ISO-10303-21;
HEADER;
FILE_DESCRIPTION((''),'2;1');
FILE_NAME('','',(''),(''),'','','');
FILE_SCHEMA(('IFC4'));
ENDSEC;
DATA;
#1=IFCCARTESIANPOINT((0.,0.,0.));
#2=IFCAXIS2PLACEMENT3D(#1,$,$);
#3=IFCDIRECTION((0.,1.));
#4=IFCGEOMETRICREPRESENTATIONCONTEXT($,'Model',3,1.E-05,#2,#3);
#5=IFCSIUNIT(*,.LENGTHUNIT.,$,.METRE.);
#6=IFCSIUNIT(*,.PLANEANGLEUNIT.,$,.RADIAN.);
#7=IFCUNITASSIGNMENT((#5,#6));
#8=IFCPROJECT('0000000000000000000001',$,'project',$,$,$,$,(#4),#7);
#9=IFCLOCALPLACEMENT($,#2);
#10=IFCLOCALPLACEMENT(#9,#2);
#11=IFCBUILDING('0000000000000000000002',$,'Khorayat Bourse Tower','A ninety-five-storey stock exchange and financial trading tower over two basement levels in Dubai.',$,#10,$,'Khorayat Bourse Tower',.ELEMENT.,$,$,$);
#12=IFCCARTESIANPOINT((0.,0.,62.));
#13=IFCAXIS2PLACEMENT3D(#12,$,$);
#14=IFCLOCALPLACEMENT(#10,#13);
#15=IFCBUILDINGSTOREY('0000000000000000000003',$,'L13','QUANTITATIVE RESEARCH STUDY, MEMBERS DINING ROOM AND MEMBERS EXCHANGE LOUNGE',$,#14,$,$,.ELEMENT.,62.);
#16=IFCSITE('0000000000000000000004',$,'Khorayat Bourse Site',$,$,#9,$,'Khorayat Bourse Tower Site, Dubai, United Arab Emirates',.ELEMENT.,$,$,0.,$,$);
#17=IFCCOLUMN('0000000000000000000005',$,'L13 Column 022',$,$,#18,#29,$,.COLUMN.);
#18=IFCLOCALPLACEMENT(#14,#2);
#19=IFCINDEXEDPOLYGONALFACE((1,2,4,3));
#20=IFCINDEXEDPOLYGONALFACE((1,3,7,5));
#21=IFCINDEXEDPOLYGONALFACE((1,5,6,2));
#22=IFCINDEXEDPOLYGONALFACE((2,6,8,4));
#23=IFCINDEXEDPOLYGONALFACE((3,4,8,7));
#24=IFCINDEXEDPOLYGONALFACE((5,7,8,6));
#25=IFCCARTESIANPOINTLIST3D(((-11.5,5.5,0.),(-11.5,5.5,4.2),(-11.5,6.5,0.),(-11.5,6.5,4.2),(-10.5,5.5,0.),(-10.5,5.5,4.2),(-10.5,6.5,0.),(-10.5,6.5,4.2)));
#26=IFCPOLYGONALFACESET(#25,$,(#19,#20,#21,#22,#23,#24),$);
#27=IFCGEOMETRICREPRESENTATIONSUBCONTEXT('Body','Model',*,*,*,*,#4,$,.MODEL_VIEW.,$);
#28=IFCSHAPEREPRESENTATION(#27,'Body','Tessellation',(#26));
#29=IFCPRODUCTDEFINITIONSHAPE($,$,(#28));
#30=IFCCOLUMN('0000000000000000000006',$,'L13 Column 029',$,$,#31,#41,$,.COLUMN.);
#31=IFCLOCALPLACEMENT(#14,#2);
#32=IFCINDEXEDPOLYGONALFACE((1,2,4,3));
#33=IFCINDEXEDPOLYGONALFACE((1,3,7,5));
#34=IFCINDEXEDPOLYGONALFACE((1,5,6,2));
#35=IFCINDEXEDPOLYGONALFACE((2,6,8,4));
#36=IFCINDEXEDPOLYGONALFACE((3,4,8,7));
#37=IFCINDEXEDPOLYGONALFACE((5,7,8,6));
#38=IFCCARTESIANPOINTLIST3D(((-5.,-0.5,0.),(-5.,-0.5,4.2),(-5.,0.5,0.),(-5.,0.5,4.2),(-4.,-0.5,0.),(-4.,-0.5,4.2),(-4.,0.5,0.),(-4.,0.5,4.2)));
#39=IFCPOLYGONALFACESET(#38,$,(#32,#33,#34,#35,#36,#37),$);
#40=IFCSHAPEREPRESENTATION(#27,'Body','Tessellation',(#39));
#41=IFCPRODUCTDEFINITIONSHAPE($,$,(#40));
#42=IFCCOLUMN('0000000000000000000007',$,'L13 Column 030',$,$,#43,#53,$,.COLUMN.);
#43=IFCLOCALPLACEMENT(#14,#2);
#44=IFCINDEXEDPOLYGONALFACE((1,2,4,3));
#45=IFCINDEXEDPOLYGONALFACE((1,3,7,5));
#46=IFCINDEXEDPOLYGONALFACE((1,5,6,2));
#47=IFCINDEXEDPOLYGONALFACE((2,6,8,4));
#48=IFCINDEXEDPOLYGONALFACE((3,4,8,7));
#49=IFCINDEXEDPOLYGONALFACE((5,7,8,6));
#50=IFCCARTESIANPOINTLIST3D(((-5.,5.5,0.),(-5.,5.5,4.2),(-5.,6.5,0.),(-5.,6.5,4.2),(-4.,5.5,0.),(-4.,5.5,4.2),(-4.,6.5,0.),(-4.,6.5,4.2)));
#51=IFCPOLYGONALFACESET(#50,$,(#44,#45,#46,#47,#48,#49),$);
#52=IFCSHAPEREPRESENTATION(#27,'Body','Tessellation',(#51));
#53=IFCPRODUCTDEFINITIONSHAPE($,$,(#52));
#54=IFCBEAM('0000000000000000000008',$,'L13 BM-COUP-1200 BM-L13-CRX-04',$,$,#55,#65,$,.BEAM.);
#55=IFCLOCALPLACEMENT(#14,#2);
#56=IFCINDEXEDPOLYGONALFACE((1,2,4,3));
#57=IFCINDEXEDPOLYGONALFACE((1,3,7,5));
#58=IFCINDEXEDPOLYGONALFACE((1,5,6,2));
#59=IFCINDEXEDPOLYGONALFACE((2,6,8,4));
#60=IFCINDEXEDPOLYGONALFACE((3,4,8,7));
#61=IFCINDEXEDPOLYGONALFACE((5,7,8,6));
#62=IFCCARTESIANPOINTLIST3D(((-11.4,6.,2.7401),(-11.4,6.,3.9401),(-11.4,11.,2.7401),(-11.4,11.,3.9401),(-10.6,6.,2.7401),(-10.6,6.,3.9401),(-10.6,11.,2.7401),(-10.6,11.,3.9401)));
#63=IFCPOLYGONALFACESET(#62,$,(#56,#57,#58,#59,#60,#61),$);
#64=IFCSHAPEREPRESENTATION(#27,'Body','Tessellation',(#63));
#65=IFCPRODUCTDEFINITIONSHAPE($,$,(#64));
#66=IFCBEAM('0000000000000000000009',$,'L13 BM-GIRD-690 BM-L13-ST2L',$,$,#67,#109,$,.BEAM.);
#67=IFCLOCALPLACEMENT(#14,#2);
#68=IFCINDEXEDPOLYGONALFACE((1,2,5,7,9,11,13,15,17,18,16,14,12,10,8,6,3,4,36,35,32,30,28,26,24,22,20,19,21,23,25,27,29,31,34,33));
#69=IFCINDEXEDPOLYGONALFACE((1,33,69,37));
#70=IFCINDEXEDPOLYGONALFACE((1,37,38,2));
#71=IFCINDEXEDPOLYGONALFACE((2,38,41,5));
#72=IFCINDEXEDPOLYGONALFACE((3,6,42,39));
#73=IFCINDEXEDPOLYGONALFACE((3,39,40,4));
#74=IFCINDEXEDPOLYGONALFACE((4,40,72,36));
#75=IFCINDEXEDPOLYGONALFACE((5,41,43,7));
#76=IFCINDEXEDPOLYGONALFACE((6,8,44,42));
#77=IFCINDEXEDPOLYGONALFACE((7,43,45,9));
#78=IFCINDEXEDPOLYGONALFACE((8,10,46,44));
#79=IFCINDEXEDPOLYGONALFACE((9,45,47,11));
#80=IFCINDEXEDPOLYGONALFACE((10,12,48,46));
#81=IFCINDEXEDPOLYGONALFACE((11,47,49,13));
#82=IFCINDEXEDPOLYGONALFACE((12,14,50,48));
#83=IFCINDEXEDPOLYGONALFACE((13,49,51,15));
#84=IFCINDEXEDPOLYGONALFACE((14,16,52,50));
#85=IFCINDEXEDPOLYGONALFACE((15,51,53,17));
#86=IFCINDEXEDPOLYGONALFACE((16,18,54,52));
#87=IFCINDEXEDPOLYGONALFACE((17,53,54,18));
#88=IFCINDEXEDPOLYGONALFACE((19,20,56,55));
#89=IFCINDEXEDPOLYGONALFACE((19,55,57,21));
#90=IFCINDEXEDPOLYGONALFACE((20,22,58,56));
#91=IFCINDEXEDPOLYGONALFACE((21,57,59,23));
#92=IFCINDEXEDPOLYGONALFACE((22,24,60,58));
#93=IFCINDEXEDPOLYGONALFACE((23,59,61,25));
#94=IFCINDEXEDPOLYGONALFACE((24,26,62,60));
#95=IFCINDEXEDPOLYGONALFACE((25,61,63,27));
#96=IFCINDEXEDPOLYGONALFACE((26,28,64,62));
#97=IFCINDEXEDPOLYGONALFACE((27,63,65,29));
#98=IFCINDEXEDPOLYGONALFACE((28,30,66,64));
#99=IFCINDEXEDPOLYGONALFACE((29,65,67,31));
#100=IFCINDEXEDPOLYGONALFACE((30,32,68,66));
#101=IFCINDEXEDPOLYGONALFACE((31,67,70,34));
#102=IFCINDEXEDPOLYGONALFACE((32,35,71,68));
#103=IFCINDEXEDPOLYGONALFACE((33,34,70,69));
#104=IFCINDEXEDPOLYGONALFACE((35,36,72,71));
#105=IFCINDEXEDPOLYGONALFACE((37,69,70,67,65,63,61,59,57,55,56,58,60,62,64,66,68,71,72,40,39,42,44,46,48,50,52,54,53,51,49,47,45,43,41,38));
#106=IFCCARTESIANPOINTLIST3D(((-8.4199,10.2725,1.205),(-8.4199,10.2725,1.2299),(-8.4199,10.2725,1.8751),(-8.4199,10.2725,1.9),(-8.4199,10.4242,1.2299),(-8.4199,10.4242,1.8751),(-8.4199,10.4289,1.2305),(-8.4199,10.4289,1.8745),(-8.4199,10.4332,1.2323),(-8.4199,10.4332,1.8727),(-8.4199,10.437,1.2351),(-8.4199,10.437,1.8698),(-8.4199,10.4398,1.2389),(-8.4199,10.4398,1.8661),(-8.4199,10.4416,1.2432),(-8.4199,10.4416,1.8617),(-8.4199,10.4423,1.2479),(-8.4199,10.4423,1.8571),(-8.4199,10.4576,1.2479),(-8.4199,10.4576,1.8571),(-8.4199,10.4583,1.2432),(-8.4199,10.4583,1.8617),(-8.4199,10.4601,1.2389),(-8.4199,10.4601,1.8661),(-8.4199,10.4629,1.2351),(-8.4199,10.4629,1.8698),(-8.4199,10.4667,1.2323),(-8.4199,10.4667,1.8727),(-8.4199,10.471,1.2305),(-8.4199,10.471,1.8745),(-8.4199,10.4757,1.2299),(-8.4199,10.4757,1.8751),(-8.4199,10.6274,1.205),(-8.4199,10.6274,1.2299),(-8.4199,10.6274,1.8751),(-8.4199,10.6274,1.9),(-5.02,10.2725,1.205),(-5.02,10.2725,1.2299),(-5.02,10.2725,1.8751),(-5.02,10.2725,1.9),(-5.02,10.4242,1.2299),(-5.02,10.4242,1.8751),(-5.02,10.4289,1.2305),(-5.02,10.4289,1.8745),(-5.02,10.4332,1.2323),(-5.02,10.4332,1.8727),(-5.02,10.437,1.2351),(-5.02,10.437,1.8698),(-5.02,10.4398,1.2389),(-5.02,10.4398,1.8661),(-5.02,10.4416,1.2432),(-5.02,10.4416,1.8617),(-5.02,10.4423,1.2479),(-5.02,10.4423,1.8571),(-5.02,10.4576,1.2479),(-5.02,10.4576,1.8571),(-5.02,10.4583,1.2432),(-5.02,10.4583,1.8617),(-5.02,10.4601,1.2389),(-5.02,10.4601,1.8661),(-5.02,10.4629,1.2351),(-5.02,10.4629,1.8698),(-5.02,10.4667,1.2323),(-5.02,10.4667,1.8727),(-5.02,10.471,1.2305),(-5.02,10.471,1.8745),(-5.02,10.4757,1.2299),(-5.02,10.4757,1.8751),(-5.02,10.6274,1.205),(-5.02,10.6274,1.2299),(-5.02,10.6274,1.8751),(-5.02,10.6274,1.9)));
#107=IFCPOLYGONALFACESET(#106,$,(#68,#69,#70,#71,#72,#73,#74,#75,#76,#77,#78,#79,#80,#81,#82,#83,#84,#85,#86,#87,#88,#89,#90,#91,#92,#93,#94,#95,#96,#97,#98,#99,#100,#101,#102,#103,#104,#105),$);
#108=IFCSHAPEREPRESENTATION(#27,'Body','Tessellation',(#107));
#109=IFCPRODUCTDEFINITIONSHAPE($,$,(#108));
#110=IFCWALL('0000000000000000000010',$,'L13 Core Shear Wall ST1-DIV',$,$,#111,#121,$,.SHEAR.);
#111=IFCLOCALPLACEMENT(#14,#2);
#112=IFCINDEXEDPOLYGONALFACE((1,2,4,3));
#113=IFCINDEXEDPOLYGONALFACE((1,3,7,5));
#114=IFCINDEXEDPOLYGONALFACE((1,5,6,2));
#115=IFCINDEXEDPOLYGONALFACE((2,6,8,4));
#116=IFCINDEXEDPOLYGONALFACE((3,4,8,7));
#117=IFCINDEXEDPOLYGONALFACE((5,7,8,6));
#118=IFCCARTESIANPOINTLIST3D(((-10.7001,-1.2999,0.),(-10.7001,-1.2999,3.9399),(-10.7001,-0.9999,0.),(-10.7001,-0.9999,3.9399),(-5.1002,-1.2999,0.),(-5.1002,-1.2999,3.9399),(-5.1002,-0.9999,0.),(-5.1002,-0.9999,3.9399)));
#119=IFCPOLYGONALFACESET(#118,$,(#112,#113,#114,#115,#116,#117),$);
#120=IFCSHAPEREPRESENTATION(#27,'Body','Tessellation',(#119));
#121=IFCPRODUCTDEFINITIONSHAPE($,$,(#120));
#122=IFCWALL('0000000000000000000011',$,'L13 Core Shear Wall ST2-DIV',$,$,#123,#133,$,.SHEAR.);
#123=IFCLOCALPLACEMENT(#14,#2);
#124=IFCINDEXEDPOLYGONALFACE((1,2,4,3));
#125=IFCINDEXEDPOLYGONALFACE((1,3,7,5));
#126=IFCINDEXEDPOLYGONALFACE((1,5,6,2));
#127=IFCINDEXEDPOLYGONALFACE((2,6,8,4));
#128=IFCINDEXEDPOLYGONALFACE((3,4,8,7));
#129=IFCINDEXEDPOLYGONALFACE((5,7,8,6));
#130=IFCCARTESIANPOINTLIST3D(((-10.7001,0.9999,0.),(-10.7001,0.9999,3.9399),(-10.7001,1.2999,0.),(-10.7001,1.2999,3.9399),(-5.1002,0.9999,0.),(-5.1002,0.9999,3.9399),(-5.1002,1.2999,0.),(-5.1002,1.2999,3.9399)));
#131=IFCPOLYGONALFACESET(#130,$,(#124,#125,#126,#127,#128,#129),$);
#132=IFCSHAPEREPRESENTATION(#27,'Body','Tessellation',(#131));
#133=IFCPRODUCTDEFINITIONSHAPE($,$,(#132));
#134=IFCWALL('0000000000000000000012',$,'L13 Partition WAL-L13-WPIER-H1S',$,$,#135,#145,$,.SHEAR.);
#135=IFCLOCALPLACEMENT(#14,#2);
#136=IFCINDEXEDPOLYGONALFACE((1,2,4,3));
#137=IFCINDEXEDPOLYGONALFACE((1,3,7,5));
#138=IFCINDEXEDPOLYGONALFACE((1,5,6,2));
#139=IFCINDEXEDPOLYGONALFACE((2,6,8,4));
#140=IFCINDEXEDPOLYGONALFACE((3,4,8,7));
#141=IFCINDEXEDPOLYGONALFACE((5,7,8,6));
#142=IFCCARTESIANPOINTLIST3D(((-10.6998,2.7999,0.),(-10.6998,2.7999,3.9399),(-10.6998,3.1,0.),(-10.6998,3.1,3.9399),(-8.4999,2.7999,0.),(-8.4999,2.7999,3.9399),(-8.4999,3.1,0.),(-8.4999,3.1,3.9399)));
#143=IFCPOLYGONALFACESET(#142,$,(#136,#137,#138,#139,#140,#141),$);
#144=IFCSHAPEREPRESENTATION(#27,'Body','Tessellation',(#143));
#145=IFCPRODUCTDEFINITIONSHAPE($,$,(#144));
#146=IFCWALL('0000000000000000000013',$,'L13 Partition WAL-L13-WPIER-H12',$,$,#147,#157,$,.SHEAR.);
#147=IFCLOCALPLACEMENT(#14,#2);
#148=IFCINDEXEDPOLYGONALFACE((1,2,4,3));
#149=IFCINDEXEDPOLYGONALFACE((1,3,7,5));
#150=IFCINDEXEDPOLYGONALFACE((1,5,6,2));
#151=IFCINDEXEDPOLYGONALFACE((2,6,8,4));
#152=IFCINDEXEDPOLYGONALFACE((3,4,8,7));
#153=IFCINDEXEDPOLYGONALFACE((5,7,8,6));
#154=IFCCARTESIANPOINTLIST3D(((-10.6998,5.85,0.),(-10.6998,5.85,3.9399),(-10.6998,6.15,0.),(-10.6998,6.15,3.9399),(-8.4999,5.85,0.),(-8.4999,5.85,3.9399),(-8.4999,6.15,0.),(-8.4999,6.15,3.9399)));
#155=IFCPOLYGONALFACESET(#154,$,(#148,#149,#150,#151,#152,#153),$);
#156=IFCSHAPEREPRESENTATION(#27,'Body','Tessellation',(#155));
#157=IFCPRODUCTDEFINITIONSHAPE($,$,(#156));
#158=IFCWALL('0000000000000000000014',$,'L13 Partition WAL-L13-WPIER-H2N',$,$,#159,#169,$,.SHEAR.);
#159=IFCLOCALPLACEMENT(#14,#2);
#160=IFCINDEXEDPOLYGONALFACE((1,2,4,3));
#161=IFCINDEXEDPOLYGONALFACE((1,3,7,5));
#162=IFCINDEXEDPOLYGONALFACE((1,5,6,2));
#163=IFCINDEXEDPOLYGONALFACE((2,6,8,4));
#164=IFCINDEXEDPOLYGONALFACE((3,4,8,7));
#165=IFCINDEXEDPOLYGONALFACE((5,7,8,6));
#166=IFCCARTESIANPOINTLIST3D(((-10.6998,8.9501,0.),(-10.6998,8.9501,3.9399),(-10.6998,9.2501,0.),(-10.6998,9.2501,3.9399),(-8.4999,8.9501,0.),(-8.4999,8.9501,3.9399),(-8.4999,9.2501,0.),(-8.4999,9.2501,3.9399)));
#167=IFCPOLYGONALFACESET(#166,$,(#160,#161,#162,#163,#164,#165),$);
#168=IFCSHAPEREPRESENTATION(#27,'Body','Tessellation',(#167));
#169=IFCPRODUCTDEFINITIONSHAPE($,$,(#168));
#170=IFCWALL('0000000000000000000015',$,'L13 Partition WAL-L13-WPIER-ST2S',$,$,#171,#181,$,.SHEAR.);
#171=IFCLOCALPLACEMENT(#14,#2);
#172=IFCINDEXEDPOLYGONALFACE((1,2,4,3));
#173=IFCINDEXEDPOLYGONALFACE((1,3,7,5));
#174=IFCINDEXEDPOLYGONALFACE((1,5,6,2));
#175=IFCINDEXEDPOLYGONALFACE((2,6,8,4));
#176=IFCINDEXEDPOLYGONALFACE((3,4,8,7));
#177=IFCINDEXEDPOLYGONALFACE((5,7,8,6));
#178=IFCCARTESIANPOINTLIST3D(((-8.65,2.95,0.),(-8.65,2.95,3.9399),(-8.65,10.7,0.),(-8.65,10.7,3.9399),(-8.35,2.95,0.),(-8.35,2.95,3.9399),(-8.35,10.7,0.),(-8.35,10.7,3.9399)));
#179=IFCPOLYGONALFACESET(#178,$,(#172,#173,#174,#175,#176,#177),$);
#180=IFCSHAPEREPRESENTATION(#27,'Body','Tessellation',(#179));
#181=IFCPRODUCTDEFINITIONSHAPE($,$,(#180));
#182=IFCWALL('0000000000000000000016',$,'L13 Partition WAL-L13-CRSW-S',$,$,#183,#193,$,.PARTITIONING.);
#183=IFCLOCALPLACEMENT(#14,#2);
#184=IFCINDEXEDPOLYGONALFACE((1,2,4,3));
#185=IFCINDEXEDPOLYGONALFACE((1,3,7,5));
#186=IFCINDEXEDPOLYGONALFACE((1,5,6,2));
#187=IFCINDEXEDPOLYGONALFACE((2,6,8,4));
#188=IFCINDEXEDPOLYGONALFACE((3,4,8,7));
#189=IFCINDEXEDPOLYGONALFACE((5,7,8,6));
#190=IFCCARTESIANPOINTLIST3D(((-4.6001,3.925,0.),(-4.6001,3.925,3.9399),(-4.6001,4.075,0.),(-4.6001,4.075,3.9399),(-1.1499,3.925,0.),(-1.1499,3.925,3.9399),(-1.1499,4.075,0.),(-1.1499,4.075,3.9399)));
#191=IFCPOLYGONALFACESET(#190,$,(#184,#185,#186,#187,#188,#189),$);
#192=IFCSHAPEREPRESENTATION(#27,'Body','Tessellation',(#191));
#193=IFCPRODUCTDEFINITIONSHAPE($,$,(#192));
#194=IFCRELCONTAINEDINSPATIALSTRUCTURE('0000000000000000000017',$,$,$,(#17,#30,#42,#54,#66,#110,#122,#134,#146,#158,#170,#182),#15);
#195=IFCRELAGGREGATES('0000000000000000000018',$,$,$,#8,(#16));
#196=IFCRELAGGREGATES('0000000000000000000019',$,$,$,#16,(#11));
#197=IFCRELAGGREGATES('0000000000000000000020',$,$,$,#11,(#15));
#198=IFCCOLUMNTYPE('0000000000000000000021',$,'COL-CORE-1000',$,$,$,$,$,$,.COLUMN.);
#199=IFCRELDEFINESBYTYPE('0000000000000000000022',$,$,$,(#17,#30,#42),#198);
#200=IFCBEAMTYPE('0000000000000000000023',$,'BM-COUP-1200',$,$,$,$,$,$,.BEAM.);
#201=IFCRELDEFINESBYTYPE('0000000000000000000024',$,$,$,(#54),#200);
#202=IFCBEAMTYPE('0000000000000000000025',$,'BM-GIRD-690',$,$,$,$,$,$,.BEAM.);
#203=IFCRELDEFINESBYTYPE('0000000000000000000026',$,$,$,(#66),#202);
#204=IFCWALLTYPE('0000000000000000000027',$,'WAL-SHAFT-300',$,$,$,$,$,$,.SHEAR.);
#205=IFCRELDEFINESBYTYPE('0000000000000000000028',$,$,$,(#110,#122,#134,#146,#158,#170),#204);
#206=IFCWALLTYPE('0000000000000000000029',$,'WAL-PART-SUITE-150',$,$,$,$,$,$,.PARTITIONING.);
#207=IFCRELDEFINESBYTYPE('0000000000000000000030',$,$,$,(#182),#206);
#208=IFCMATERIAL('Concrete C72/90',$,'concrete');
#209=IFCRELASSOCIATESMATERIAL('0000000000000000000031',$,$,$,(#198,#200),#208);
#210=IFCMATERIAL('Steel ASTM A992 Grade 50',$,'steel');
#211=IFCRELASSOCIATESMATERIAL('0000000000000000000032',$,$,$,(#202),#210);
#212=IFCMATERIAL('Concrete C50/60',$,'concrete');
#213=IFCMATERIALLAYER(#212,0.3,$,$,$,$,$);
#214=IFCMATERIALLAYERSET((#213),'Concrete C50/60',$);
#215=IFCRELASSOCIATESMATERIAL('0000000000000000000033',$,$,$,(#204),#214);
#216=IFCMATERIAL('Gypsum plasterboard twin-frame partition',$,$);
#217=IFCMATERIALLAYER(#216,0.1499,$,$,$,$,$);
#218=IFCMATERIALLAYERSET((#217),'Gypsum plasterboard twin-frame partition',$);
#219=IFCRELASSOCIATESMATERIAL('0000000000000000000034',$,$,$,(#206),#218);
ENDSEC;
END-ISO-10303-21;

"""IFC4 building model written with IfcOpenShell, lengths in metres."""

from ifc_helpers import new_model, si_unit, direction, frame, frame_2d, origin, origin_2d, place, context, subcontext, project, spatial, rectangle, i_section, extrude, source, transform, mapped, material, layer, layer_set, material_profile, profile_set, type_object, element, save


model = new_model("IFC4")

# Units and contexts
model_context = context("Model", 3, precision=1e-05, world=origin(), true_north=direction((0.0, 1.0)))
body_context = subcontext(model_context, "Body", "Model", "MODEL_VIEW")
ifc_project = project(units=[si_unit("LENGTHUNIT", "METRE"), si_unit("PLANEANGLEUNIT", "RADIAN")], contexts=[model_context])

# Site, building, storey
site_placement = place(None, origin())
site = spatial("IfcSite", under=ifc_project, at=site_placement, Name="Khorayat Bourse Site", LongName="Khorayat Bourse Tower Site, Dubai, United Arab Emirates", CompositionType="ELEMENT", RefElevation=0.0)
building_placement = place(site_placement, origin())
building = spatial("IfcBuilding", under=site, at=building_placement, Name="Khorayat Bourse Tower", Description="A ninety-five-storey stock exchange and financial trading tower over two basement levels in Dubai.", LongName="Khorayat Bourse Tower", CompositionType="ELEMENT")
storey_placement = place(building_placement, frame((0.0, 0.0, 62.0)))
storey = spatial("IfcBuildingStorey", under=building, at=storey_placement, Name="L13", Description="QUANTITATIVE RESEARCH STUDY, MEMBERS DINING ROOM AND MEMBERS EXCHANGE LOUNGE", CompositionType="ELEMENT", Elevation=62.0)

# Columns
ifc_material_1 = material(Name="Concrete C72/90", Category="concrete")
ifc_material_profile_1 = material_profile(ifc_material_1, rectangle(XDim=1.0, YDim=1.0, at=origin_2d()), Name="RC 1000x1000")
ifc_profile_set_1 = profile_set([ifc_material_profile_1], Name="Concrete C72/90")
column_type = type_object("IfcColumnType", Name="COL-CORE-1000", PredefinedType="COLUMN", material=ifc_profile_set_1)
shared_shape_1 = source(origin(), body_context, "Body", "SweptSolid", [
    extrude(rectangle(XDim=1.0, YDim=1.0, at=origin_2d()), origin(), (0.0, 0.0, 1.0), 4.2),
])
for number, where, z_axis, x_axis, name in (
    (1, (-11.0, 6.0, 0.0), (0.0, 0.0, 1.0), (1.0, 0.0, 0.0), "L13 Column 022"),
    (2, (-4.5, 0.0, 0.0), (0.0, 0.0, 1.0), (1.0, 0.0, 0.0), "L13 Column 029"),
    (3, (-4.5, 6.0, 0.0), (0.0, 0.0, 1.0), (1.0, 0.0, 0.0), "L13 Column 030"),
):
    element("IfcColumn", number, at=place(storey_placement, frame(where, z_axis=z_axis, x_axis=x_axis)), inside=storey, type_object=column_type, Name=name, PredefinedType="COLUMN", context=body_context, shape_type="MappedRepresentation", body=[
        mapped(shared_shape_1, transform((0.0, 0.0, 0.0), scale=1.0)),
    ])

# Beams
ifc_material_profile_2 = material_profile(ifc_material_1, rectangle(XDim=0.8, YDim=1.2, at=origin_2d()), Name="RC 800x1200")
ifc_profile_set_2 = profile_set([ifc_material_profile_2], Name="Concrete C72/90")
beam_type_1 = type_object("IfcBeamType", Name="BM-COUP-1200", PredefinedType="BEAM", material=ifc_profile_set_2)
shared_shape_2 = source(origin(), body_context, "Body", "SweptSolid", [
    extrude(rectangle(XDim=0.8, YDim=1.2, at=origin_2d()), origin(), (0.0, 0.0, 1.0), 5.0),
])
beam_1_placement = place(storey_placement, frame((-11.0, 6.0, 3.3401), z_axis=(0.0, 1.0, 0.0), x_axis=(-1.0, 0.0, 0.0)))
element("IfcBeam", 4, at=beam_1_placement, inside=storey, type_object=beam_type_1, Name="L13 BM-COUP-1200 BM-L13-CRX-04", PredefinedType="BEAM", context=body_context, shape_type="MappedRepresentation", body=[
    mapped(shared_shape_2, transform((0.0, 0.0, 0.0), scale=1.0)),
])
ifc_material_2 = material(Name="Steel ASTM A992 Grade 50", Category="steel")
ifc_material_profile_3 = material_profile(ifc_material_2, i_section(OverallWidth=0.355, OverallDepth=0.6951, WebThickness=0.0154, FlangeThickness=0.0249, FilletRadius=0.0181, at=origin_2d()), Name="W690X217")
ifc_profile_set_3 = profile_set([ifc_material_profile_3], Name="Steel ASTM A992 Grade 50")
beam_type_2 = type_object("IfcBeamType", Name="BM-GIRD-690", PredefinedType="BEAM", material=ifc_profile_set_3)
shared_shape_3 = source(origin(), body_context, "Body", "SweptSolid", [
    extrude(i_section(OverallWidth=0.355, OverallDepth=0.6951, WebThickness=0.0154, FlangeThickness=0.0249, FilletRadius=0.0181, at=origin_2d()), origin(), (0.0, 0.0, 1.0), 3.3999),
])
beam_2_placement = place(storey_placement, frame((-8.4199, 10.45, 1.5525), z_axis=(1.0, 0.0, 0.0), x_axis=(0.0, 1.0, 0.0)))
element("IfcBeam", 5, at=beam_2_placement, inside=storey, type_object=beam_type_2, Name="L13 BM-GIRD-690 BM-L13-ST2L", PredefinedType="BEAM", context=body_context, shape_type="MappedRepresentation", body=[
    mapped(shared_shape_3, transform((0.0, 0.0, 0.0), scale=1.0)),
])

# Walls
ifc_material_3 = material(Name="Concrete C50/60", Category="concrete")
ifc_layer_1 = layer(ifc_material_3, 0.3)
ifc_layer_set_1 = layer_set([ifc_layer_1], Name="Concrete C50/60")
wall_type_1 = type_object("IfcWallType", Name="WAL-SHAFT-300", PredefinedType="SHEAR", material=ifc_layer_set_1)
shared_shape_4 = source(origin(), body_context, "Body", "SweptSolid", [
    extrude(rectangle(XDim=5.5999, YDim=0.3, at=frame_2d((2.7998, 0.0))), origin(), (0.0, 0.0, 1.0), 3.9399),
])
for number, where, z_axis, x_axis, name in (
    (6, (-10.7, -1.1499, 0.0), (0.0, 0.0, 1.0), (1.0, 0.0, 0.0), "L13 Core Shear Wall ST1-DIV"),
    (7, (-10.7, 1.1499, 0.0), (0.0, 0.0, 1.0), (1.0, 0.0, 0.0), "L13 Core Shear Wall ST2-DIV"),
):
    element("IfcWall", number, at=place(storey_placement, frame(where, z_axis=z_axis, x_axis=x_axis)), inside=storey, type_object=wall_type_1, Name=name, PredefinedType="SHEAR", context=body_context, shape_type="MappedRepresentation", body=[
        mapped(shared_shape_4, transform((0.0, 0.0, 0.0), scale=1.0)),
    ])
shared_shape_5 = source(origin(), body_context, "Body", "SweptSolid", [
    extrude(rectangle(XDim=2.2, YDim=0.3, at=frame_2d((1.1001, 0.0))), origin(), (0.0, 0.0, 1.0), 3.9399),
])
for number, where, z_axis, x_axis, name in (
    (8, (-10.7, 2.95, 0.0), (0.0, 0.0, 1.0), (1.0, 0.0, 0.0), "L13 Partition WAL-L13-WPIER-H1S"),
    (9, (-10.7, 6.0, 0.0), (0.0, 0.0, 1.0), (1.0, 0.0, 0.0), "L13 Partition WAL-L13-WPIER-H12"),
    (10, (-10.7, 9.1001, 0.0), (0.0, 0.0, 1.0), (1.0, 0.0, 0.0), "L13 Partition WAL-L13-WPIER-H2N"),
):
    element("IfcWall", number, at=place(storey_placement, frame(where, z_axis=z_axis, x_axis=x_axis)), inside=storey, type_object=wall_type_1, Name=name, PredefinedType="SHEAR", context=body_context, shape_type="MappedRepresentation", body=[
        mapped(shared_shape_5, transform((0.0, 0.0, 0.0), scale=1.0)),
    ])
shared_shape_6 = source(origin(), body_context, "Body", "SweptSolid", [
    extrude(rectangle(XDim=7.75, YDim=0.3, at=frame_2d((3.875, 0.0))), origin(), (0.0, 0.0, 1.0), 3.9399),
])
wall_1_placement = place(storey_placement, frame((-8.5, 2.95, 0.0), z_axis=(0.0, 0.0, 1.0), x_axis=(0.0, 1.0, 0.0)))
element("IfcWall", 11, at=wall_1_placement, inside=storey, type_object=wall_type_1, Name="L13 Partition WAL-L13-WPIER-ST2S", PredefinedType="SHEAR", context=body_context, shape_type="MappedRepresentation", body=[
    mapped(shared_shape_6, transform((0.0, 0.0, 0.0), scale=1.0)),
])
ifc_material_4 = material(Name="Gypsum plasterboard twin-frame partition")
ifc_layer_2 = layer(ifc_material_4, 0.1499)
ifc_layer_set_2 = layer_set([ifc_layer_2], Name="Gypsum plasterboard twin-frame partition")
wall_type_2 = type_object("IfcWallType", Name="WAL-PART-SUITE-150", PredefinedType="PARTITIONING", material=ifc_layer_set_2)
shared_shape_7 = source(origin(), body_context, "Body", "SweptSolid", [
    extrude(rectangle(XDim=3.4502, YDim=0.1499, at=frame_2d((1.7251, 0.0))), origin(), (0.0, 0.0, 1.0), 3.9399),
])
wall_2_placement = place(storey_placement, frame((-4.6001, 4.0, 0.0), z_axis=(0.0, 0.0, 1.0), x_axis=(1.0, 0.0, 0.0)))
element("IfcWall", 12, at=wall_2_placement, inside=storey, type_object=wall_type_2, Name="L13 Partition WAL-L13-CRSW-S", PredefinedType="PARTITIONING", context=body_context, shape_type="MappedRepresentation", body=[
    mapped(shared_shape_7, transform((0.0, 0.0, 0.0), scale=1.0)),
])

save(model, "model.ifc")
